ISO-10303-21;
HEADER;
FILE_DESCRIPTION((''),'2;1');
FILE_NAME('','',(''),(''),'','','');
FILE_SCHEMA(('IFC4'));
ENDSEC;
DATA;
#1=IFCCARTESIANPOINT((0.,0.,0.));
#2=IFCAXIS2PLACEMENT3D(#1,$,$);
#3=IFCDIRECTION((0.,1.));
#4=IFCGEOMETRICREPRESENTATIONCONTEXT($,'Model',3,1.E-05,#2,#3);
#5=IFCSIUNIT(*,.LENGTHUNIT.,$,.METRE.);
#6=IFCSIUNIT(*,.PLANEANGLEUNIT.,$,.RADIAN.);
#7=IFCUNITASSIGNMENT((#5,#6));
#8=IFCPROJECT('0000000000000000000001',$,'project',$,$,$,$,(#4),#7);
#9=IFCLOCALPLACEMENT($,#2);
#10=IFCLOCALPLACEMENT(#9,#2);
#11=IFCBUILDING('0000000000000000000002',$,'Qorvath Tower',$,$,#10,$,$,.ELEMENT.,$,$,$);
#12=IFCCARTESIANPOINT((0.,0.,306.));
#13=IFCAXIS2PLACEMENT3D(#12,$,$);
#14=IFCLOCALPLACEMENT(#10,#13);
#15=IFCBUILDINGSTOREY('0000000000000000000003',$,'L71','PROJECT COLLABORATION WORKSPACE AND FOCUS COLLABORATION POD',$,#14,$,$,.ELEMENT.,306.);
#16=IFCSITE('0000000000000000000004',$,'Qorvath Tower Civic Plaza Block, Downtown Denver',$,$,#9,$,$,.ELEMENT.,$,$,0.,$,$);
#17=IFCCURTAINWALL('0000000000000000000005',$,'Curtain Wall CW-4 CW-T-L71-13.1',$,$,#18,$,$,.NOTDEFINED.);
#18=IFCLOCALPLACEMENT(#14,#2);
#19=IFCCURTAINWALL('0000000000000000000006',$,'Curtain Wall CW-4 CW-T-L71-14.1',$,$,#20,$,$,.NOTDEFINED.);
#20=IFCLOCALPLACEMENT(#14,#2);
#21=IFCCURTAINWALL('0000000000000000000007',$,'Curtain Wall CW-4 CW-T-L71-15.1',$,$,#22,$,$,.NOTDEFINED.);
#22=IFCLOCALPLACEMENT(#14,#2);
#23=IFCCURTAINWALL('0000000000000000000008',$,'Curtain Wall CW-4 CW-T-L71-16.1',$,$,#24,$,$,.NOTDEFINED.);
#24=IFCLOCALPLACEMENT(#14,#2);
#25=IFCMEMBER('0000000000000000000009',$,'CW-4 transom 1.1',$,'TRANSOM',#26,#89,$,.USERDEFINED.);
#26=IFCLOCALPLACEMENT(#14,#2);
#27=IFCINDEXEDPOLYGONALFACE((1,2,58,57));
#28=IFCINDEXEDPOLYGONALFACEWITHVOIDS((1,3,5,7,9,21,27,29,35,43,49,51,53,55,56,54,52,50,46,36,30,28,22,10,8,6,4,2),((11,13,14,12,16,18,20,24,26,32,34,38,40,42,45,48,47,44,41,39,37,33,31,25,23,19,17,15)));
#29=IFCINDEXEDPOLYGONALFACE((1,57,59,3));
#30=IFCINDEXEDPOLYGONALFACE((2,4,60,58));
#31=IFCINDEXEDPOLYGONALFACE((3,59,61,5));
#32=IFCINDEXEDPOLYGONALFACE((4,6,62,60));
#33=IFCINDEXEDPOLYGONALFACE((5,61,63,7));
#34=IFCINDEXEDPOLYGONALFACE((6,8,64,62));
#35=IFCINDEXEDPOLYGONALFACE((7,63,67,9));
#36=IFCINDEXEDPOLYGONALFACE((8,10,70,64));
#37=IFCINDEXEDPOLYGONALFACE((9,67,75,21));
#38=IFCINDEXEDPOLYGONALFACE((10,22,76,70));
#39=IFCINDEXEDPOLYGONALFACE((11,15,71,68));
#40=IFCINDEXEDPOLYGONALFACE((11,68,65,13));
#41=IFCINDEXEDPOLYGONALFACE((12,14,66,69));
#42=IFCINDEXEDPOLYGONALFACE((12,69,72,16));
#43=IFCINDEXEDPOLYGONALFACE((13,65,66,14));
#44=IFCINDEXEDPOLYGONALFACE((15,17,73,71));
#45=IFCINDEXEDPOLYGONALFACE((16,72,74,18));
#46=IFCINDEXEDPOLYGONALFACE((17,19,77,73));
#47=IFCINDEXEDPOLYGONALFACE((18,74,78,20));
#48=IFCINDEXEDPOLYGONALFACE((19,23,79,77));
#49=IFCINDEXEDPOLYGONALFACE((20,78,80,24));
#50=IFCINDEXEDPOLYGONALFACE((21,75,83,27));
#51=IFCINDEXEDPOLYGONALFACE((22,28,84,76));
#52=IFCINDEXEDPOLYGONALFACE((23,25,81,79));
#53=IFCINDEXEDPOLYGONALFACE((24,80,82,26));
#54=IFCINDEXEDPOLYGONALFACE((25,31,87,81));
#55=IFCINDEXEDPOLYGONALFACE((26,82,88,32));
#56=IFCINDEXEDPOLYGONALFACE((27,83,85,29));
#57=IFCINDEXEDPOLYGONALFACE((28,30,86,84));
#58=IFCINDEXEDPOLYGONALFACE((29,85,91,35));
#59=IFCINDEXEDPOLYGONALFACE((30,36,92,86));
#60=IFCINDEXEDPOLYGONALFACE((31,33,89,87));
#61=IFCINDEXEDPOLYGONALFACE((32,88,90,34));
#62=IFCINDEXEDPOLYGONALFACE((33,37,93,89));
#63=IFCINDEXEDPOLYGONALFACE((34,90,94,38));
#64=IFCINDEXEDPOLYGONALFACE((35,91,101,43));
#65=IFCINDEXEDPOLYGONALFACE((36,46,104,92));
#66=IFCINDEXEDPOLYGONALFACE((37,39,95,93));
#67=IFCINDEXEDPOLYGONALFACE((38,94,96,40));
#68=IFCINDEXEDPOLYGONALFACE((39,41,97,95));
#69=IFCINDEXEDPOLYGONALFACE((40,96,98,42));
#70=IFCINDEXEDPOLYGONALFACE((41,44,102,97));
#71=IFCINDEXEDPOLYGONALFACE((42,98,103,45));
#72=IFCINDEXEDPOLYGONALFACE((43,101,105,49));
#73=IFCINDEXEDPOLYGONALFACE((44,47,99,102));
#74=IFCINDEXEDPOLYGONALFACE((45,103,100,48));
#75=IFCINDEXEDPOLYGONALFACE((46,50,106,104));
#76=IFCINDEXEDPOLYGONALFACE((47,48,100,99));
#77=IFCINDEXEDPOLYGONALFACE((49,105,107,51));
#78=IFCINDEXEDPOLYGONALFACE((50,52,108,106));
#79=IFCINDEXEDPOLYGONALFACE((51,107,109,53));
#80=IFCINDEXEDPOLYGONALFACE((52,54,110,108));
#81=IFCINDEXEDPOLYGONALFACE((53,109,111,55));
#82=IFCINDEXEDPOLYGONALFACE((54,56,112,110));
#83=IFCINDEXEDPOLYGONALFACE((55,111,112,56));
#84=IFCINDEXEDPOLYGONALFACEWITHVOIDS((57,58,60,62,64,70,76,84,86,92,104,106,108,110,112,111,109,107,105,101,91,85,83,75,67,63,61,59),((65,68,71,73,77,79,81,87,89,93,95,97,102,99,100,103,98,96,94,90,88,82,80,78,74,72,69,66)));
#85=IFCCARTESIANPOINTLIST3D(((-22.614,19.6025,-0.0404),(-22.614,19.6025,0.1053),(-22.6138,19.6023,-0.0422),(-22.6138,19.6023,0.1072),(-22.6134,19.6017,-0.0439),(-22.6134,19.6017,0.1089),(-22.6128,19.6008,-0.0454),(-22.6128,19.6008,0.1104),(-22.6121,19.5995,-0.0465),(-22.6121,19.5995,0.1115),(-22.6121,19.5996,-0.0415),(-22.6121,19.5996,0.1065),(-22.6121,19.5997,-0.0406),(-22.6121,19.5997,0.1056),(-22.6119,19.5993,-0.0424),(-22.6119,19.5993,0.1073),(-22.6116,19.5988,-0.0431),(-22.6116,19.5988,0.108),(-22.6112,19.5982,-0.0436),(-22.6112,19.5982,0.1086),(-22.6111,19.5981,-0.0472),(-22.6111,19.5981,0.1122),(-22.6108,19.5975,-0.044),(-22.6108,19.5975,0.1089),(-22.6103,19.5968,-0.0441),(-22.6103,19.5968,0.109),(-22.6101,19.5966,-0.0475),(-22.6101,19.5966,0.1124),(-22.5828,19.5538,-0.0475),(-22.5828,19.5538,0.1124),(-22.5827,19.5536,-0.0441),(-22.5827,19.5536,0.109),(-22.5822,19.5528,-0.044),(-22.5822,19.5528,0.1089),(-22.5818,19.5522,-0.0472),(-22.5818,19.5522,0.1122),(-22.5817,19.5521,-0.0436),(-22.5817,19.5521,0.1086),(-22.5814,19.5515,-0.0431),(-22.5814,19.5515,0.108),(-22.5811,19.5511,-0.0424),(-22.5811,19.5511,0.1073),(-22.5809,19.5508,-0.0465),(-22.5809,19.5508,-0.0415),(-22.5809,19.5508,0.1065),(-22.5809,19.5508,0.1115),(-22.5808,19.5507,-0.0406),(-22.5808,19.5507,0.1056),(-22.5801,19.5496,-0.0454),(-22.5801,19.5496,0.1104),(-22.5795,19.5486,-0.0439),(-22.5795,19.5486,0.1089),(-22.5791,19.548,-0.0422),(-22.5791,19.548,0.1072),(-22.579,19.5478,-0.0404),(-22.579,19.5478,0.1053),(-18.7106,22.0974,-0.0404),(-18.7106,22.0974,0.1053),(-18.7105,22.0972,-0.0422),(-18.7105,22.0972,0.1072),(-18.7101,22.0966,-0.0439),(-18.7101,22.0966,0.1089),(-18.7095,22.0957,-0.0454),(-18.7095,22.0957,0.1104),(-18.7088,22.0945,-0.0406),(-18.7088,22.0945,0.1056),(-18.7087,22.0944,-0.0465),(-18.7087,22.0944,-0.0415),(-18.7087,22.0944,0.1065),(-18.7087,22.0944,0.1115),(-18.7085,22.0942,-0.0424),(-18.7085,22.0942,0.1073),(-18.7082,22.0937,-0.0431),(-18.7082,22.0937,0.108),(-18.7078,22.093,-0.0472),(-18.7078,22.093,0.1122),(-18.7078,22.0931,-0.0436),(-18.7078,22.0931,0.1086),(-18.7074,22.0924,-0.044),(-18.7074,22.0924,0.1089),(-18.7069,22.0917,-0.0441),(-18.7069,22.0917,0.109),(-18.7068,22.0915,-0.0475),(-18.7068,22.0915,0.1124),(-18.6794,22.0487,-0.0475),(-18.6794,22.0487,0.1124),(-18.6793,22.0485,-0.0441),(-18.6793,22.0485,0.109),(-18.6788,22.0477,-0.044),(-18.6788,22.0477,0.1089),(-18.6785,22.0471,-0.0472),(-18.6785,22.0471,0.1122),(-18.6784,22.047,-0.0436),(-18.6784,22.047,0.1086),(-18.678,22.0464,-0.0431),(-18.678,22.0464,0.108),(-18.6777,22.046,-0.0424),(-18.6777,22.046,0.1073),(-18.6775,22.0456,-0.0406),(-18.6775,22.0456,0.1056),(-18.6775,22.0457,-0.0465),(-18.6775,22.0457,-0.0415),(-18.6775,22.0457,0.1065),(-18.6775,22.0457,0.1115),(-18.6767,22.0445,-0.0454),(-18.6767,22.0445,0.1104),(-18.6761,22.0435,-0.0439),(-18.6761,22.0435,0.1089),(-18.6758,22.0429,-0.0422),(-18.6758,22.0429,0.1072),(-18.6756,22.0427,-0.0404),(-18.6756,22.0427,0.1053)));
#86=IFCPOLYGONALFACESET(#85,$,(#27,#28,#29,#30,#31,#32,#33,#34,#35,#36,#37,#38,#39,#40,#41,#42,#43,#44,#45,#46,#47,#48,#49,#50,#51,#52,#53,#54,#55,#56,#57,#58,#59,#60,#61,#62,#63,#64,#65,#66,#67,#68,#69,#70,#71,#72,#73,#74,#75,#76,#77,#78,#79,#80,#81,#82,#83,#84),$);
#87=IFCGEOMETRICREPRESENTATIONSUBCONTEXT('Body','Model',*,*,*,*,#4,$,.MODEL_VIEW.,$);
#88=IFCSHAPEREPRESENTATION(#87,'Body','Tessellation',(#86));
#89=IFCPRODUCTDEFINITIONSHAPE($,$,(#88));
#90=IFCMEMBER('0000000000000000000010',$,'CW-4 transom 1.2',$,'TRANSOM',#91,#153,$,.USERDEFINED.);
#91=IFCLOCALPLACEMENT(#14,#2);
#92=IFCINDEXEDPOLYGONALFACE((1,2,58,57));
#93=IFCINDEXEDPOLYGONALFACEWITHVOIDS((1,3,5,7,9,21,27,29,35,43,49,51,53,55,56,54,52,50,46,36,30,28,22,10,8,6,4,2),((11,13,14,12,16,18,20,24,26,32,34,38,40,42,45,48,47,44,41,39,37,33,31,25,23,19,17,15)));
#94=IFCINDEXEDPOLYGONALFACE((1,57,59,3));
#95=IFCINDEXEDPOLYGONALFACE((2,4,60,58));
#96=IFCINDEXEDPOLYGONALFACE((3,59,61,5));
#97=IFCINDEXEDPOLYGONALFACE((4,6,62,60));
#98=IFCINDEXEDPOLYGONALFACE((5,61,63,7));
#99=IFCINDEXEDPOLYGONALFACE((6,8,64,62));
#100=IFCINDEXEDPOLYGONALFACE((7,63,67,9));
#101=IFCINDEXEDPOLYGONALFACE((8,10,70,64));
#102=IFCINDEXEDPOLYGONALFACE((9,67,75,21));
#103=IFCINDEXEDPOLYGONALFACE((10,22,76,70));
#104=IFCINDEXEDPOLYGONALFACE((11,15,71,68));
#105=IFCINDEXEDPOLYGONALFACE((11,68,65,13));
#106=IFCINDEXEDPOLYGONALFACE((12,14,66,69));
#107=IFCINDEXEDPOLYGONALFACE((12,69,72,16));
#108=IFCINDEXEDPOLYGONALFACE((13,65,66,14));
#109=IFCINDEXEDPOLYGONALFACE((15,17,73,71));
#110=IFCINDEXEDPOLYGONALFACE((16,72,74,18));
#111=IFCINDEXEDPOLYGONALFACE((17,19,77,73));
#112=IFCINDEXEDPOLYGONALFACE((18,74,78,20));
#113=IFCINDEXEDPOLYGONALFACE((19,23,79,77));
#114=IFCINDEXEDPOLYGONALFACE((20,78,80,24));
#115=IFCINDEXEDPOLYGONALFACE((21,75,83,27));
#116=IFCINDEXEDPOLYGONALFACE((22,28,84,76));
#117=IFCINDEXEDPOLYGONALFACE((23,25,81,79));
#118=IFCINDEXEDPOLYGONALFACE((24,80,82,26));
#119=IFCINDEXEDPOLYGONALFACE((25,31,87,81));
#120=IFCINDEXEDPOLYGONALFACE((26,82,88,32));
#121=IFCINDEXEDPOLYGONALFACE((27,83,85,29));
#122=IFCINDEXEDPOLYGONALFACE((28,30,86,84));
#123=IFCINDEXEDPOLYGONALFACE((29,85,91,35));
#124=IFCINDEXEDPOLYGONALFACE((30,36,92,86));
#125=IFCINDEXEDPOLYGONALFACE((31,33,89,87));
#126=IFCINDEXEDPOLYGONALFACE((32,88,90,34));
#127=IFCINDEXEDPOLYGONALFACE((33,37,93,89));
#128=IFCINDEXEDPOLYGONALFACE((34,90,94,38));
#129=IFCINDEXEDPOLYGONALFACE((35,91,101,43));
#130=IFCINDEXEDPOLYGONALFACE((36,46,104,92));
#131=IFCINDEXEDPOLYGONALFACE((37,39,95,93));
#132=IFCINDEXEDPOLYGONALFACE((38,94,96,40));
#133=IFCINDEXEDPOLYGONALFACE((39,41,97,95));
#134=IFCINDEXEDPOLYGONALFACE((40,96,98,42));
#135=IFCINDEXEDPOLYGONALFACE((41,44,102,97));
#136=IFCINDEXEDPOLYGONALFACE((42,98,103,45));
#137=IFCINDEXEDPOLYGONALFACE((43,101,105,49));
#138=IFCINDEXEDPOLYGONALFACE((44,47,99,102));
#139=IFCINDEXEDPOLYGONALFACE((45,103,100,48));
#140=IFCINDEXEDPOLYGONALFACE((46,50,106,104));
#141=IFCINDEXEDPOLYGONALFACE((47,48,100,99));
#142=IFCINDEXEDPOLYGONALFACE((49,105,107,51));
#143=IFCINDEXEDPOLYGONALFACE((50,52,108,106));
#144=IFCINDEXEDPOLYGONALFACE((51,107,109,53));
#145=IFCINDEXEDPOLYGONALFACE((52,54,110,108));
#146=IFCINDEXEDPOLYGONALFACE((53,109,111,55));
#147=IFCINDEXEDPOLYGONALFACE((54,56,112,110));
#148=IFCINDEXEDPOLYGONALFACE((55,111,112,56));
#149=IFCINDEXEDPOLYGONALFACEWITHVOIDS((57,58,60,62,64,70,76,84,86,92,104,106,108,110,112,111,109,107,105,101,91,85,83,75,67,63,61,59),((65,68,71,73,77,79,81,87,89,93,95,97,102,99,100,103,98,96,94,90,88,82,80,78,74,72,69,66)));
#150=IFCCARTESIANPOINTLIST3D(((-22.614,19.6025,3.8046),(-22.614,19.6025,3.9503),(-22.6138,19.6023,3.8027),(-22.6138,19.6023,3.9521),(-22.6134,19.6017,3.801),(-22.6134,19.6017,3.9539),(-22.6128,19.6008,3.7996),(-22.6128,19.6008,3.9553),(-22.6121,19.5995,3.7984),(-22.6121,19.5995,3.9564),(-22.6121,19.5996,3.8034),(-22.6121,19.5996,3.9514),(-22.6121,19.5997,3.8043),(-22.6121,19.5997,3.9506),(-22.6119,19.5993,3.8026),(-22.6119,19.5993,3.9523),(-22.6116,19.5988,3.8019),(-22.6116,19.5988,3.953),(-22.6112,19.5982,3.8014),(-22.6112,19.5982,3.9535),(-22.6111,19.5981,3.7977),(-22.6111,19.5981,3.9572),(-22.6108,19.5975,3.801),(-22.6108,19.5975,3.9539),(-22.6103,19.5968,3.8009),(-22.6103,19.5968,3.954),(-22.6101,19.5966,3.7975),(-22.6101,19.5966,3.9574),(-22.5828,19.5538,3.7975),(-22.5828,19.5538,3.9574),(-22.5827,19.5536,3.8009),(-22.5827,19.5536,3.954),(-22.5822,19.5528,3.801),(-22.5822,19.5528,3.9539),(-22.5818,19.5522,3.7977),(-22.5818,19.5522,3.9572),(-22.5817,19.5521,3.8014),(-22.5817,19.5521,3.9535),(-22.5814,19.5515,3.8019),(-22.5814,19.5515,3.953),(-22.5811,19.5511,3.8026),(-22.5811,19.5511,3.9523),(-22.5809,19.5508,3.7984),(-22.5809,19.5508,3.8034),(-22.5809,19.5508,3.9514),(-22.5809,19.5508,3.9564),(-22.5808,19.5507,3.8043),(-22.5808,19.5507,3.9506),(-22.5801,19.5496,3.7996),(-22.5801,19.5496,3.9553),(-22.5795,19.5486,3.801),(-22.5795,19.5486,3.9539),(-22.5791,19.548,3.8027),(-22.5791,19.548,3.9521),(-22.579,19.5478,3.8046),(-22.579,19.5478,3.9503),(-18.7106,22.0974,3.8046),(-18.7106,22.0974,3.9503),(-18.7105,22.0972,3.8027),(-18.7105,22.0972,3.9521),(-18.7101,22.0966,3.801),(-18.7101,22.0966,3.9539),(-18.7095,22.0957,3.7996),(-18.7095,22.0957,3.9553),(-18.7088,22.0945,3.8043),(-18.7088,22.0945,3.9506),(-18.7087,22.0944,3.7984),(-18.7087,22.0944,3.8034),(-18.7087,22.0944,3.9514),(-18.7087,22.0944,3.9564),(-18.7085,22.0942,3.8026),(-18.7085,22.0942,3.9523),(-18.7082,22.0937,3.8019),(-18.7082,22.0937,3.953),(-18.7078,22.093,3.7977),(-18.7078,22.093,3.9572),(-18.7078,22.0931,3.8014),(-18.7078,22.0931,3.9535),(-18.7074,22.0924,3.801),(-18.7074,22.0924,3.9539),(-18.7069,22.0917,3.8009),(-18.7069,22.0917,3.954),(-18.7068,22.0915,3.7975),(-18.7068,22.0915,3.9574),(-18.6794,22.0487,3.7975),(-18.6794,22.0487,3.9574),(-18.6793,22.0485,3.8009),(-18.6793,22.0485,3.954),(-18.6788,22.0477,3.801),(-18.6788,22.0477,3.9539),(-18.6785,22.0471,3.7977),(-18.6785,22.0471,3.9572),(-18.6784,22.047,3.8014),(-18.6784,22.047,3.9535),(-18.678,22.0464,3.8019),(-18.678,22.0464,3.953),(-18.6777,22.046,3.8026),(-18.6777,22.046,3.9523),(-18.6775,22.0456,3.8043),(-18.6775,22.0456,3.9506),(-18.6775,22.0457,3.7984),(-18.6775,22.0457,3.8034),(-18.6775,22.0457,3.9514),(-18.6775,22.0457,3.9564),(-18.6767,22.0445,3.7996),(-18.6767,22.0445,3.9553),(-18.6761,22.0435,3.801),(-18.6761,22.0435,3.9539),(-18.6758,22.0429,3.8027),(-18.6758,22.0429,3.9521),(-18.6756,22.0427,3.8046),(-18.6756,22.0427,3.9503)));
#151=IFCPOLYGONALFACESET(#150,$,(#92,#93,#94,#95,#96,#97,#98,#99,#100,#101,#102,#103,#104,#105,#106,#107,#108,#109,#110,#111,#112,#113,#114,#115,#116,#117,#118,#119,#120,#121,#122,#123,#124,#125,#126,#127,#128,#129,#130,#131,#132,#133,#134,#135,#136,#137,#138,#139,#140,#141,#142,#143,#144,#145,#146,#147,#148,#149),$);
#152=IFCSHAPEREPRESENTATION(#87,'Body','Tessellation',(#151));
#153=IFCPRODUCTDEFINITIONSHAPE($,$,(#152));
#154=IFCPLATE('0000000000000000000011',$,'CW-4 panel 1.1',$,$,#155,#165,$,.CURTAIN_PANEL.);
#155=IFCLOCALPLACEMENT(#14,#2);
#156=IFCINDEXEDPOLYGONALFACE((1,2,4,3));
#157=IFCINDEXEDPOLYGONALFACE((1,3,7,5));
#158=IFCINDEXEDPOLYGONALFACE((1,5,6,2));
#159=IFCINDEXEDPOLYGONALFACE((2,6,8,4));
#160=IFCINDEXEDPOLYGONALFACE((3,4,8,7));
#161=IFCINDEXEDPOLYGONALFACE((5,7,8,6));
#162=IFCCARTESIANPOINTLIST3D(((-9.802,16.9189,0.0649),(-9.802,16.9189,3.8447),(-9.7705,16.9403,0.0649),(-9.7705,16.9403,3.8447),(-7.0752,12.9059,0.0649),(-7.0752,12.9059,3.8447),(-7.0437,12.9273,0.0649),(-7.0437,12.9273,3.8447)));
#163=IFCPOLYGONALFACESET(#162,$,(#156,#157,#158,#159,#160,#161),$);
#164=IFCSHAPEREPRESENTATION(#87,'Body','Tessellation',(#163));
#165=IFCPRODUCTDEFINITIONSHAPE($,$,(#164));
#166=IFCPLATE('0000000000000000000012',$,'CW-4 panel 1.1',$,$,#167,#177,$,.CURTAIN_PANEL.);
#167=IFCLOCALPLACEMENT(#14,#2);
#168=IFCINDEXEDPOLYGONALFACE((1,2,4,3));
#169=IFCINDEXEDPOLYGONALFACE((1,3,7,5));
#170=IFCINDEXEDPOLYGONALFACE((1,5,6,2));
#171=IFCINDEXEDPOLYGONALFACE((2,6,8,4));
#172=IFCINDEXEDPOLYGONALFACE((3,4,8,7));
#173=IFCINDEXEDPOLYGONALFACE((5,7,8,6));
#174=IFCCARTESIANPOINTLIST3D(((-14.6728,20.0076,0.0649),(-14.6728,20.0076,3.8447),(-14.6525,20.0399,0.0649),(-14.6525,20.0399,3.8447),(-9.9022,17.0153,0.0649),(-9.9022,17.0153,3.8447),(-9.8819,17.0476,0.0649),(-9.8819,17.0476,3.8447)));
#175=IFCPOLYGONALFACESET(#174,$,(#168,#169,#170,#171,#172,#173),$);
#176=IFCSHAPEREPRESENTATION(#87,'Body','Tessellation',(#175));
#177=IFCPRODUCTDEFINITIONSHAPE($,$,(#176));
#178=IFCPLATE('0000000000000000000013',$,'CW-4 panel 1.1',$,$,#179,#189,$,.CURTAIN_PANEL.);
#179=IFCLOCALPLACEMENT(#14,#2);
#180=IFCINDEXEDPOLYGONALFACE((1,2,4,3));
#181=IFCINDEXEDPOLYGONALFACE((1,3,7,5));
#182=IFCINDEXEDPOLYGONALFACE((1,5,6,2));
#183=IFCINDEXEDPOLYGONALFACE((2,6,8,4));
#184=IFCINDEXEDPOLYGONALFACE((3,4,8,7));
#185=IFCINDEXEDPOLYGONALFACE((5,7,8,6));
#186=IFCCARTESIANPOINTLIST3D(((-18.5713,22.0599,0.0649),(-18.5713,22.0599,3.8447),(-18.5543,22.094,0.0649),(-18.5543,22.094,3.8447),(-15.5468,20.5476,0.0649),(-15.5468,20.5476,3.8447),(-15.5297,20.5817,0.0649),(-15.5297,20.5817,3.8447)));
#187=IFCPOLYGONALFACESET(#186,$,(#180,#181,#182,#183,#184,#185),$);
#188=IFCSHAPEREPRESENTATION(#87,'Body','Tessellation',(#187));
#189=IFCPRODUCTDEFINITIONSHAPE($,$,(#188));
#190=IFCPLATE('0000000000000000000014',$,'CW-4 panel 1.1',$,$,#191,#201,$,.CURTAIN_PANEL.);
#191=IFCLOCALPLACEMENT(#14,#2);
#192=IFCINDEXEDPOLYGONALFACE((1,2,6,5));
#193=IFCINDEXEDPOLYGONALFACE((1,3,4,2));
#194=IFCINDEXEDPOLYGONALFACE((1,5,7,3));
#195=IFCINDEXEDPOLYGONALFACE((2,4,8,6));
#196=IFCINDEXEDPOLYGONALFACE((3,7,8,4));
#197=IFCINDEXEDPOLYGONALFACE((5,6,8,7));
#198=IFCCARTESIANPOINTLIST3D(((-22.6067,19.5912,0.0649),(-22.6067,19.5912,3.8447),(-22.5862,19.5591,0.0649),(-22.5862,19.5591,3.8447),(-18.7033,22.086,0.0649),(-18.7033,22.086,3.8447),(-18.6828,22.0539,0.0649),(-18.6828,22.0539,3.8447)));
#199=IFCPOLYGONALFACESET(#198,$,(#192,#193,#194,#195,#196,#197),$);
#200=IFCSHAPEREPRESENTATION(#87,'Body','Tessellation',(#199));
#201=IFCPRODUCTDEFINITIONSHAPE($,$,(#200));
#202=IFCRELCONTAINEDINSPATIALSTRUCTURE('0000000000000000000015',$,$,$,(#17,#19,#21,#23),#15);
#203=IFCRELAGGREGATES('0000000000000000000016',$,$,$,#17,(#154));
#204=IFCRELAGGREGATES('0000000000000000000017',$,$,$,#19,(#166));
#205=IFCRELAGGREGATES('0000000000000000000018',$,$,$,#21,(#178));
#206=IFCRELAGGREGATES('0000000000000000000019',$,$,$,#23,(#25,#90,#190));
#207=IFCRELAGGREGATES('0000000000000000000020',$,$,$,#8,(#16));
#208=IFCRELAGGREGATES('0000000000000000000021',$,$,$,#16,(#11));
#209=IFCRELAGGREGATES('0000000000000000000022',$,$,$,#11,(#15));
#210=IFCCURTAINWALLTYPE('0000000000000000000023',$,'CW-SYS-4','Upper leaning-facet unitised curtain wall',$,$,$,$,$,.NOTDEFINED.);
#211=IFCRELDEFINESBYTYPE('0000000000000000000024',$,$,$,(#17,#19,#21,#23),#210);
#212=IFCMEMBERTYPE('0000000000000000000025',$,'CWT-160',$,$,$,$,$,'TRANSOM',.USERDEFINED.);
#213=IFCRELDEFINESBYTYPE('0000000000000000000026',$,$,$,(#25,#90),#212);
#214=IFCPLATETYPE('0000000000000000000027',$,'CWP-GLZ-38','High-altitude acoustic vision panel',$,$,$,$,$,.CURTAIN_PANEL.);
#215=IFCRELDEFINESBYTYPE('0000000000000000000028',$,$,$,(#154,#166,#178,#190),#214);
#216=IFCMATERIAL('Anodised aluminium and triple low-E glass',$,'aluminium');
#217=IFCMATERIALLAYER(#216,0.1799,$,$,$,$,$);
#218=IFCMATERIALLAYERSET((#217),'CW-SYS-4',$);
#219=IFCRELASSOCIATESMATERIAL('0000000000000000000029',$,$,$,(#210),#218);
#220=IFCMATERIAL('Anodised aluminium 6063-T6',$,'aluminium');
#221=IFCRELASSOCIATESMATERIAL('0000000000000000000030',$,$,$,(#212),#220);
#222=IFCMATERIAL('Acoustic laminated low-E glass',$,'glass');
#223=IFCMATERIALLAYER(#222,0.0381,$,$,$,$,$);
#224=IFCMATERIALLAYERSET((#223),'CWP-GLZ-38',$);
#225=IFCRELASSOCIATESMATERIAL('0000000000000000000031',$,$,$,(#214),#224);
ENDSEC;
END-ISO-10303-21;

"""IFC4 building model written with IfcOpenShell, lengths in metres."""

from ifc_helpers import new_model, si_unit, direction, frame, origin, origin_2d, place, context, subcontext, project, spatial, rectangle, hollow_rectangle, extrude, material, layer, layer_set, material_profile, profile_set, type_object, element, aggregate, save


model = new_model("IFC4")

# Units and contexts
model_context = context("Model", 3, precision=1e-05, world=origin(), true_north=direction((0.0, 1.0)))
body_context = subcontext(model_context, "Body", "Model", "MODEL_VIEW")
ifc_project = project(units=[si_unit("LENGTHUNIT", "METRE"), si_unit("PLANEANGLEUNIT", "RADIAN")], contexts=[model_context])

# Site, building, storey
site_placement = place(None, origin())
site = spatial("IfcSite", under=ifc_project, at=site_placement, Name="Qorvath Tower Civic Plaza Block, Downtown Denver", CompositionType="ELEMENT", RefElevation=0.0)
building_placement = place(site_placement, origin())
building = spatial("IfcBuilding", under=site, at=building_placement, Name="Qorvath Tower", CompositionType="ELEMENT")
storey_placement = place(building_placement, frame((0.0, 0.0, 306.0)))
storey = spatial("IfcBuildingStorey", under=building, at=storey_placement, Name="L71", Description="PROJECT COLLABORATION WORKSPACE AND FOCUS COLLABORATION POD", CompositionType="ELEMENT", Elevation=306.0)

# Shared definitions
ifc_material_1 = material(Name="Anodised aluminium and triple low-E glass", Category="aluminium")
ifc_layer_1 = layer(ifc_material_1, 0.1799)
ifc_layer_set_1 = layer_set([ifc_layer_1], Name="CW-SYS-4")
curtain_wall_type = type_object("IfcCurtainWallType", Name="CW-SYS-4", Description="Upper leaning-facet unitised curtain wall", PredefinedType="NOTDEFINED", material=ifc_layer_set_1)

# Curtain walls
curtain_wall_1_placement = place(storey_placement, origin())
curtain_wall_1 = element("IfcCurtainWall", 1, at=curtain_wall_1_placement, inside=storey, type_object=curtain_wall_type, Name="Curtain Wall CW-4 CW-T-L71-13.1", PredefinedType="NOTDEFINED")
curtain_wall_2_placement = place(storey_placement, origin())
curtain_wall_2 = element("IfcCurtainWall", 2, at=curtain_wall_2_placement, inside=storey, type_object=curtain_wall_type, Name="Curtain Wall CW-4 CW-T-L71-14.1", PredefinedType="NOTDEFINED")
curtain_wall_3_placement = place(storey_placement, origin())
curtain_wall_3 = element("IfcCurtainWall", 3, at=curtain_wall_3_placement, inside=storey, type_object=curtain_wall_type, Name="Curtain Wall CW-4 CW-T-L71-15.1", PredefinedType="NOTDEFINED")

# Curtain wall
curtain_wall_4_placement = place(storey_placement, origin())
curtain_wall_4 = element("IfcCurtainWall", 4, at=curtain_wall_4_placement, inside=storey, type_object=curtain_wall_type, Name="Curtain Wall CW-4 CW-T-L71-16.1", PredefinedType="NOTDEFINED")

# Members
ifc_material_2 = material(Name="Anodised aluminium 6063-T6", Category="aluminium")
ifc_material_profile_1 = material_profile(ifc_material_2, hollow_rectangle(XDim=0.0649, YDim=0.1599, WallThickness=0.0034, InnerFilletRadius=0.0034, OuterFilletRadius=0.0071, at=origin_2d()), Name="CWT 160x65")
ifc_profile_set_1 = profile_set([ifc_material_profile_1], Name="Anodised aluminium 6063-T6")
member_type_1 = type_object("IfcMemberType", Name="CWT-160", ElementType="TRANSOM", PredefinedType="USERDEFINED", material=ifc_profile_set_1)
member_1_placement = place(storey_placement, frame((-18.6931, 22.0701, 0.0325), z_axis=(-0.84259, -0.538556, 0.0), x_axis=(0.538556, -0.84259, 0.0)))
member_1 = element("IfcMember", 5, at=member_1_placement, type_object=member_type_1, Name="CW-4 transom 1.1", ObjectType="TRANSOM", PredefinedType="USERDEFINED", context=body_context, shape_type="SweptSolid", body=[
    extrude(hollow_rectangle(XDim=0.0649, YDim=0.1599, WallThickness=0.0034, InnerFilletRadius=0.0034, OuterFilletRadius=0.0071, at=origin_2d()), origin(), (0.0, 0.0, 1.0), 4.6326),
])
member_2_placement = place(storey_placement, frame((-18.6931, 22.0701, 3.8774), z_axis=(-0.84259, -0.538556, 0.0), x_axis=(0.538556, -0.84259, 0.0)))
member_2 = element("IfcMember", 6, at=member_2_placement, type_object=member_type_1, Name="CW-4 transom 1.2", ObjectType="TRANSOM", PredefinedType="USERDEFINED", context=body_context, shape_type="SweptSolid", body=[
    extrude(hollow_rectangle(XDim=0.0649, YDim=0.1599, WallThickness=0.0034, InnerFilletRadius=0.0034, OuterFilletRadius=0.0071, at=origin_2d()), origin(), (0.0, 0.0, 1.0), 4.6326),
])

# Plates
ifc_material_3 = material(Name="Acoustic laminated low-E glass", Category="glass")
ifc_layer_2 = layer(ifc_material_3, 0.0381)
ifc_layer_set_2 = layer_set([ifc_layer_2], Name="CWP-GLZ-38")
plate_type = type_object("IfcPlateType", Name="CWP-GLZ-38", Description="High-altitude acoustic vision panel", PredefinedType="CURTAIN_PANEL", material=ifc_layer_set_2)
plate_1_placement = place(storey_placement, frame((-8.4229, 14.9231, 0.0649), z_axis=(0.0, 0.0, 1.0), x_axis=(-0.562028, 0.827118, 0.0)))
plate_1 = element("IfcPlate", 7, at=plate_1_placement, type_object=plate_type, Name="CW-4 panel 1.1", PredefinedType="CURTAIN_PANEL", context=body_context, shape_type="SweptSolid", body=[
    extrude(rectangle(XDim=4.8518, YDim=0.0381, at=origin_2d()), origin(), (0.0, 0.0, 1.0), 3.7798),
])
aggregate(curtain_wall_1, [plate_1])
plate_2_placement = place(storey_placement, frame((-12.2773, 18.5276, 0.0649), z_axis=(0.0, 0.0, 1.0), x_axis=(-0.847147, 0.531359, 0.0)))
plate_2 = element("IfcPlate", 8, at=plate_2_placement, type_object=plate_type, Name="CW-4 panel 1.1", PredefinedType="CURTAIN_PANEL", context=body_context, shape_type="SweptSolid", body=[
    extrude(rectangle(XDim=5.6313, YDim=0.0381, at=origin_2d()), origin(), (0.0, 0.0, 1.0), 3.7798),
])
aggregate(curtain_wall_2, [plate_2])
plate_3_placement = place(storey_placement, frame((-17.0505, 21.3208, 0.0649), z_axis=(0.0, 0.0, 1.0), x_axis=(-0.894422, 0.447225, 0.0)))
plate_3 = element("IfcPlate", 9, at=plate_3_placement, type_object=plate_type, Name="CW-4 panel 1.1", PredefinedType="CURTAIN_PANEL", context=body_context, shape_type="SweptSolid", body=[
    extrude(rectangle(XDim=3.3816, YDim=0.0381, at=origin_2d()), origin(), (0.0, 0.0, 1.0), 3.7798),
])
aggregate(curtain_wall_3, [plate_3])
plate_4_placement = place(storey_placement, frame((-20.6448, 20.8225, 0.0649), z_axis=(0.0, 0.0, 1.0), x_axis=(-0.842604, -0.538533, 0.0)))
plate_4 = element("IfcPlate", 10, at=plate_4_placement, type_object=plate_type, Name="CW-4 panel 1.1", PredefinedType="CURTAIN_PANEL", context=body_context, shape_type="SweptSolid", body=[
    extrude(rectangle(XDim=4.6326, YDim=0.0381, at=origin_2d()), origin(), (0.0, 0.0, 1.0), 3.7798),
])
aggregate(curtain_wall_4, [member_1, member_2, plate_4])

save(model, "model.ifc")
